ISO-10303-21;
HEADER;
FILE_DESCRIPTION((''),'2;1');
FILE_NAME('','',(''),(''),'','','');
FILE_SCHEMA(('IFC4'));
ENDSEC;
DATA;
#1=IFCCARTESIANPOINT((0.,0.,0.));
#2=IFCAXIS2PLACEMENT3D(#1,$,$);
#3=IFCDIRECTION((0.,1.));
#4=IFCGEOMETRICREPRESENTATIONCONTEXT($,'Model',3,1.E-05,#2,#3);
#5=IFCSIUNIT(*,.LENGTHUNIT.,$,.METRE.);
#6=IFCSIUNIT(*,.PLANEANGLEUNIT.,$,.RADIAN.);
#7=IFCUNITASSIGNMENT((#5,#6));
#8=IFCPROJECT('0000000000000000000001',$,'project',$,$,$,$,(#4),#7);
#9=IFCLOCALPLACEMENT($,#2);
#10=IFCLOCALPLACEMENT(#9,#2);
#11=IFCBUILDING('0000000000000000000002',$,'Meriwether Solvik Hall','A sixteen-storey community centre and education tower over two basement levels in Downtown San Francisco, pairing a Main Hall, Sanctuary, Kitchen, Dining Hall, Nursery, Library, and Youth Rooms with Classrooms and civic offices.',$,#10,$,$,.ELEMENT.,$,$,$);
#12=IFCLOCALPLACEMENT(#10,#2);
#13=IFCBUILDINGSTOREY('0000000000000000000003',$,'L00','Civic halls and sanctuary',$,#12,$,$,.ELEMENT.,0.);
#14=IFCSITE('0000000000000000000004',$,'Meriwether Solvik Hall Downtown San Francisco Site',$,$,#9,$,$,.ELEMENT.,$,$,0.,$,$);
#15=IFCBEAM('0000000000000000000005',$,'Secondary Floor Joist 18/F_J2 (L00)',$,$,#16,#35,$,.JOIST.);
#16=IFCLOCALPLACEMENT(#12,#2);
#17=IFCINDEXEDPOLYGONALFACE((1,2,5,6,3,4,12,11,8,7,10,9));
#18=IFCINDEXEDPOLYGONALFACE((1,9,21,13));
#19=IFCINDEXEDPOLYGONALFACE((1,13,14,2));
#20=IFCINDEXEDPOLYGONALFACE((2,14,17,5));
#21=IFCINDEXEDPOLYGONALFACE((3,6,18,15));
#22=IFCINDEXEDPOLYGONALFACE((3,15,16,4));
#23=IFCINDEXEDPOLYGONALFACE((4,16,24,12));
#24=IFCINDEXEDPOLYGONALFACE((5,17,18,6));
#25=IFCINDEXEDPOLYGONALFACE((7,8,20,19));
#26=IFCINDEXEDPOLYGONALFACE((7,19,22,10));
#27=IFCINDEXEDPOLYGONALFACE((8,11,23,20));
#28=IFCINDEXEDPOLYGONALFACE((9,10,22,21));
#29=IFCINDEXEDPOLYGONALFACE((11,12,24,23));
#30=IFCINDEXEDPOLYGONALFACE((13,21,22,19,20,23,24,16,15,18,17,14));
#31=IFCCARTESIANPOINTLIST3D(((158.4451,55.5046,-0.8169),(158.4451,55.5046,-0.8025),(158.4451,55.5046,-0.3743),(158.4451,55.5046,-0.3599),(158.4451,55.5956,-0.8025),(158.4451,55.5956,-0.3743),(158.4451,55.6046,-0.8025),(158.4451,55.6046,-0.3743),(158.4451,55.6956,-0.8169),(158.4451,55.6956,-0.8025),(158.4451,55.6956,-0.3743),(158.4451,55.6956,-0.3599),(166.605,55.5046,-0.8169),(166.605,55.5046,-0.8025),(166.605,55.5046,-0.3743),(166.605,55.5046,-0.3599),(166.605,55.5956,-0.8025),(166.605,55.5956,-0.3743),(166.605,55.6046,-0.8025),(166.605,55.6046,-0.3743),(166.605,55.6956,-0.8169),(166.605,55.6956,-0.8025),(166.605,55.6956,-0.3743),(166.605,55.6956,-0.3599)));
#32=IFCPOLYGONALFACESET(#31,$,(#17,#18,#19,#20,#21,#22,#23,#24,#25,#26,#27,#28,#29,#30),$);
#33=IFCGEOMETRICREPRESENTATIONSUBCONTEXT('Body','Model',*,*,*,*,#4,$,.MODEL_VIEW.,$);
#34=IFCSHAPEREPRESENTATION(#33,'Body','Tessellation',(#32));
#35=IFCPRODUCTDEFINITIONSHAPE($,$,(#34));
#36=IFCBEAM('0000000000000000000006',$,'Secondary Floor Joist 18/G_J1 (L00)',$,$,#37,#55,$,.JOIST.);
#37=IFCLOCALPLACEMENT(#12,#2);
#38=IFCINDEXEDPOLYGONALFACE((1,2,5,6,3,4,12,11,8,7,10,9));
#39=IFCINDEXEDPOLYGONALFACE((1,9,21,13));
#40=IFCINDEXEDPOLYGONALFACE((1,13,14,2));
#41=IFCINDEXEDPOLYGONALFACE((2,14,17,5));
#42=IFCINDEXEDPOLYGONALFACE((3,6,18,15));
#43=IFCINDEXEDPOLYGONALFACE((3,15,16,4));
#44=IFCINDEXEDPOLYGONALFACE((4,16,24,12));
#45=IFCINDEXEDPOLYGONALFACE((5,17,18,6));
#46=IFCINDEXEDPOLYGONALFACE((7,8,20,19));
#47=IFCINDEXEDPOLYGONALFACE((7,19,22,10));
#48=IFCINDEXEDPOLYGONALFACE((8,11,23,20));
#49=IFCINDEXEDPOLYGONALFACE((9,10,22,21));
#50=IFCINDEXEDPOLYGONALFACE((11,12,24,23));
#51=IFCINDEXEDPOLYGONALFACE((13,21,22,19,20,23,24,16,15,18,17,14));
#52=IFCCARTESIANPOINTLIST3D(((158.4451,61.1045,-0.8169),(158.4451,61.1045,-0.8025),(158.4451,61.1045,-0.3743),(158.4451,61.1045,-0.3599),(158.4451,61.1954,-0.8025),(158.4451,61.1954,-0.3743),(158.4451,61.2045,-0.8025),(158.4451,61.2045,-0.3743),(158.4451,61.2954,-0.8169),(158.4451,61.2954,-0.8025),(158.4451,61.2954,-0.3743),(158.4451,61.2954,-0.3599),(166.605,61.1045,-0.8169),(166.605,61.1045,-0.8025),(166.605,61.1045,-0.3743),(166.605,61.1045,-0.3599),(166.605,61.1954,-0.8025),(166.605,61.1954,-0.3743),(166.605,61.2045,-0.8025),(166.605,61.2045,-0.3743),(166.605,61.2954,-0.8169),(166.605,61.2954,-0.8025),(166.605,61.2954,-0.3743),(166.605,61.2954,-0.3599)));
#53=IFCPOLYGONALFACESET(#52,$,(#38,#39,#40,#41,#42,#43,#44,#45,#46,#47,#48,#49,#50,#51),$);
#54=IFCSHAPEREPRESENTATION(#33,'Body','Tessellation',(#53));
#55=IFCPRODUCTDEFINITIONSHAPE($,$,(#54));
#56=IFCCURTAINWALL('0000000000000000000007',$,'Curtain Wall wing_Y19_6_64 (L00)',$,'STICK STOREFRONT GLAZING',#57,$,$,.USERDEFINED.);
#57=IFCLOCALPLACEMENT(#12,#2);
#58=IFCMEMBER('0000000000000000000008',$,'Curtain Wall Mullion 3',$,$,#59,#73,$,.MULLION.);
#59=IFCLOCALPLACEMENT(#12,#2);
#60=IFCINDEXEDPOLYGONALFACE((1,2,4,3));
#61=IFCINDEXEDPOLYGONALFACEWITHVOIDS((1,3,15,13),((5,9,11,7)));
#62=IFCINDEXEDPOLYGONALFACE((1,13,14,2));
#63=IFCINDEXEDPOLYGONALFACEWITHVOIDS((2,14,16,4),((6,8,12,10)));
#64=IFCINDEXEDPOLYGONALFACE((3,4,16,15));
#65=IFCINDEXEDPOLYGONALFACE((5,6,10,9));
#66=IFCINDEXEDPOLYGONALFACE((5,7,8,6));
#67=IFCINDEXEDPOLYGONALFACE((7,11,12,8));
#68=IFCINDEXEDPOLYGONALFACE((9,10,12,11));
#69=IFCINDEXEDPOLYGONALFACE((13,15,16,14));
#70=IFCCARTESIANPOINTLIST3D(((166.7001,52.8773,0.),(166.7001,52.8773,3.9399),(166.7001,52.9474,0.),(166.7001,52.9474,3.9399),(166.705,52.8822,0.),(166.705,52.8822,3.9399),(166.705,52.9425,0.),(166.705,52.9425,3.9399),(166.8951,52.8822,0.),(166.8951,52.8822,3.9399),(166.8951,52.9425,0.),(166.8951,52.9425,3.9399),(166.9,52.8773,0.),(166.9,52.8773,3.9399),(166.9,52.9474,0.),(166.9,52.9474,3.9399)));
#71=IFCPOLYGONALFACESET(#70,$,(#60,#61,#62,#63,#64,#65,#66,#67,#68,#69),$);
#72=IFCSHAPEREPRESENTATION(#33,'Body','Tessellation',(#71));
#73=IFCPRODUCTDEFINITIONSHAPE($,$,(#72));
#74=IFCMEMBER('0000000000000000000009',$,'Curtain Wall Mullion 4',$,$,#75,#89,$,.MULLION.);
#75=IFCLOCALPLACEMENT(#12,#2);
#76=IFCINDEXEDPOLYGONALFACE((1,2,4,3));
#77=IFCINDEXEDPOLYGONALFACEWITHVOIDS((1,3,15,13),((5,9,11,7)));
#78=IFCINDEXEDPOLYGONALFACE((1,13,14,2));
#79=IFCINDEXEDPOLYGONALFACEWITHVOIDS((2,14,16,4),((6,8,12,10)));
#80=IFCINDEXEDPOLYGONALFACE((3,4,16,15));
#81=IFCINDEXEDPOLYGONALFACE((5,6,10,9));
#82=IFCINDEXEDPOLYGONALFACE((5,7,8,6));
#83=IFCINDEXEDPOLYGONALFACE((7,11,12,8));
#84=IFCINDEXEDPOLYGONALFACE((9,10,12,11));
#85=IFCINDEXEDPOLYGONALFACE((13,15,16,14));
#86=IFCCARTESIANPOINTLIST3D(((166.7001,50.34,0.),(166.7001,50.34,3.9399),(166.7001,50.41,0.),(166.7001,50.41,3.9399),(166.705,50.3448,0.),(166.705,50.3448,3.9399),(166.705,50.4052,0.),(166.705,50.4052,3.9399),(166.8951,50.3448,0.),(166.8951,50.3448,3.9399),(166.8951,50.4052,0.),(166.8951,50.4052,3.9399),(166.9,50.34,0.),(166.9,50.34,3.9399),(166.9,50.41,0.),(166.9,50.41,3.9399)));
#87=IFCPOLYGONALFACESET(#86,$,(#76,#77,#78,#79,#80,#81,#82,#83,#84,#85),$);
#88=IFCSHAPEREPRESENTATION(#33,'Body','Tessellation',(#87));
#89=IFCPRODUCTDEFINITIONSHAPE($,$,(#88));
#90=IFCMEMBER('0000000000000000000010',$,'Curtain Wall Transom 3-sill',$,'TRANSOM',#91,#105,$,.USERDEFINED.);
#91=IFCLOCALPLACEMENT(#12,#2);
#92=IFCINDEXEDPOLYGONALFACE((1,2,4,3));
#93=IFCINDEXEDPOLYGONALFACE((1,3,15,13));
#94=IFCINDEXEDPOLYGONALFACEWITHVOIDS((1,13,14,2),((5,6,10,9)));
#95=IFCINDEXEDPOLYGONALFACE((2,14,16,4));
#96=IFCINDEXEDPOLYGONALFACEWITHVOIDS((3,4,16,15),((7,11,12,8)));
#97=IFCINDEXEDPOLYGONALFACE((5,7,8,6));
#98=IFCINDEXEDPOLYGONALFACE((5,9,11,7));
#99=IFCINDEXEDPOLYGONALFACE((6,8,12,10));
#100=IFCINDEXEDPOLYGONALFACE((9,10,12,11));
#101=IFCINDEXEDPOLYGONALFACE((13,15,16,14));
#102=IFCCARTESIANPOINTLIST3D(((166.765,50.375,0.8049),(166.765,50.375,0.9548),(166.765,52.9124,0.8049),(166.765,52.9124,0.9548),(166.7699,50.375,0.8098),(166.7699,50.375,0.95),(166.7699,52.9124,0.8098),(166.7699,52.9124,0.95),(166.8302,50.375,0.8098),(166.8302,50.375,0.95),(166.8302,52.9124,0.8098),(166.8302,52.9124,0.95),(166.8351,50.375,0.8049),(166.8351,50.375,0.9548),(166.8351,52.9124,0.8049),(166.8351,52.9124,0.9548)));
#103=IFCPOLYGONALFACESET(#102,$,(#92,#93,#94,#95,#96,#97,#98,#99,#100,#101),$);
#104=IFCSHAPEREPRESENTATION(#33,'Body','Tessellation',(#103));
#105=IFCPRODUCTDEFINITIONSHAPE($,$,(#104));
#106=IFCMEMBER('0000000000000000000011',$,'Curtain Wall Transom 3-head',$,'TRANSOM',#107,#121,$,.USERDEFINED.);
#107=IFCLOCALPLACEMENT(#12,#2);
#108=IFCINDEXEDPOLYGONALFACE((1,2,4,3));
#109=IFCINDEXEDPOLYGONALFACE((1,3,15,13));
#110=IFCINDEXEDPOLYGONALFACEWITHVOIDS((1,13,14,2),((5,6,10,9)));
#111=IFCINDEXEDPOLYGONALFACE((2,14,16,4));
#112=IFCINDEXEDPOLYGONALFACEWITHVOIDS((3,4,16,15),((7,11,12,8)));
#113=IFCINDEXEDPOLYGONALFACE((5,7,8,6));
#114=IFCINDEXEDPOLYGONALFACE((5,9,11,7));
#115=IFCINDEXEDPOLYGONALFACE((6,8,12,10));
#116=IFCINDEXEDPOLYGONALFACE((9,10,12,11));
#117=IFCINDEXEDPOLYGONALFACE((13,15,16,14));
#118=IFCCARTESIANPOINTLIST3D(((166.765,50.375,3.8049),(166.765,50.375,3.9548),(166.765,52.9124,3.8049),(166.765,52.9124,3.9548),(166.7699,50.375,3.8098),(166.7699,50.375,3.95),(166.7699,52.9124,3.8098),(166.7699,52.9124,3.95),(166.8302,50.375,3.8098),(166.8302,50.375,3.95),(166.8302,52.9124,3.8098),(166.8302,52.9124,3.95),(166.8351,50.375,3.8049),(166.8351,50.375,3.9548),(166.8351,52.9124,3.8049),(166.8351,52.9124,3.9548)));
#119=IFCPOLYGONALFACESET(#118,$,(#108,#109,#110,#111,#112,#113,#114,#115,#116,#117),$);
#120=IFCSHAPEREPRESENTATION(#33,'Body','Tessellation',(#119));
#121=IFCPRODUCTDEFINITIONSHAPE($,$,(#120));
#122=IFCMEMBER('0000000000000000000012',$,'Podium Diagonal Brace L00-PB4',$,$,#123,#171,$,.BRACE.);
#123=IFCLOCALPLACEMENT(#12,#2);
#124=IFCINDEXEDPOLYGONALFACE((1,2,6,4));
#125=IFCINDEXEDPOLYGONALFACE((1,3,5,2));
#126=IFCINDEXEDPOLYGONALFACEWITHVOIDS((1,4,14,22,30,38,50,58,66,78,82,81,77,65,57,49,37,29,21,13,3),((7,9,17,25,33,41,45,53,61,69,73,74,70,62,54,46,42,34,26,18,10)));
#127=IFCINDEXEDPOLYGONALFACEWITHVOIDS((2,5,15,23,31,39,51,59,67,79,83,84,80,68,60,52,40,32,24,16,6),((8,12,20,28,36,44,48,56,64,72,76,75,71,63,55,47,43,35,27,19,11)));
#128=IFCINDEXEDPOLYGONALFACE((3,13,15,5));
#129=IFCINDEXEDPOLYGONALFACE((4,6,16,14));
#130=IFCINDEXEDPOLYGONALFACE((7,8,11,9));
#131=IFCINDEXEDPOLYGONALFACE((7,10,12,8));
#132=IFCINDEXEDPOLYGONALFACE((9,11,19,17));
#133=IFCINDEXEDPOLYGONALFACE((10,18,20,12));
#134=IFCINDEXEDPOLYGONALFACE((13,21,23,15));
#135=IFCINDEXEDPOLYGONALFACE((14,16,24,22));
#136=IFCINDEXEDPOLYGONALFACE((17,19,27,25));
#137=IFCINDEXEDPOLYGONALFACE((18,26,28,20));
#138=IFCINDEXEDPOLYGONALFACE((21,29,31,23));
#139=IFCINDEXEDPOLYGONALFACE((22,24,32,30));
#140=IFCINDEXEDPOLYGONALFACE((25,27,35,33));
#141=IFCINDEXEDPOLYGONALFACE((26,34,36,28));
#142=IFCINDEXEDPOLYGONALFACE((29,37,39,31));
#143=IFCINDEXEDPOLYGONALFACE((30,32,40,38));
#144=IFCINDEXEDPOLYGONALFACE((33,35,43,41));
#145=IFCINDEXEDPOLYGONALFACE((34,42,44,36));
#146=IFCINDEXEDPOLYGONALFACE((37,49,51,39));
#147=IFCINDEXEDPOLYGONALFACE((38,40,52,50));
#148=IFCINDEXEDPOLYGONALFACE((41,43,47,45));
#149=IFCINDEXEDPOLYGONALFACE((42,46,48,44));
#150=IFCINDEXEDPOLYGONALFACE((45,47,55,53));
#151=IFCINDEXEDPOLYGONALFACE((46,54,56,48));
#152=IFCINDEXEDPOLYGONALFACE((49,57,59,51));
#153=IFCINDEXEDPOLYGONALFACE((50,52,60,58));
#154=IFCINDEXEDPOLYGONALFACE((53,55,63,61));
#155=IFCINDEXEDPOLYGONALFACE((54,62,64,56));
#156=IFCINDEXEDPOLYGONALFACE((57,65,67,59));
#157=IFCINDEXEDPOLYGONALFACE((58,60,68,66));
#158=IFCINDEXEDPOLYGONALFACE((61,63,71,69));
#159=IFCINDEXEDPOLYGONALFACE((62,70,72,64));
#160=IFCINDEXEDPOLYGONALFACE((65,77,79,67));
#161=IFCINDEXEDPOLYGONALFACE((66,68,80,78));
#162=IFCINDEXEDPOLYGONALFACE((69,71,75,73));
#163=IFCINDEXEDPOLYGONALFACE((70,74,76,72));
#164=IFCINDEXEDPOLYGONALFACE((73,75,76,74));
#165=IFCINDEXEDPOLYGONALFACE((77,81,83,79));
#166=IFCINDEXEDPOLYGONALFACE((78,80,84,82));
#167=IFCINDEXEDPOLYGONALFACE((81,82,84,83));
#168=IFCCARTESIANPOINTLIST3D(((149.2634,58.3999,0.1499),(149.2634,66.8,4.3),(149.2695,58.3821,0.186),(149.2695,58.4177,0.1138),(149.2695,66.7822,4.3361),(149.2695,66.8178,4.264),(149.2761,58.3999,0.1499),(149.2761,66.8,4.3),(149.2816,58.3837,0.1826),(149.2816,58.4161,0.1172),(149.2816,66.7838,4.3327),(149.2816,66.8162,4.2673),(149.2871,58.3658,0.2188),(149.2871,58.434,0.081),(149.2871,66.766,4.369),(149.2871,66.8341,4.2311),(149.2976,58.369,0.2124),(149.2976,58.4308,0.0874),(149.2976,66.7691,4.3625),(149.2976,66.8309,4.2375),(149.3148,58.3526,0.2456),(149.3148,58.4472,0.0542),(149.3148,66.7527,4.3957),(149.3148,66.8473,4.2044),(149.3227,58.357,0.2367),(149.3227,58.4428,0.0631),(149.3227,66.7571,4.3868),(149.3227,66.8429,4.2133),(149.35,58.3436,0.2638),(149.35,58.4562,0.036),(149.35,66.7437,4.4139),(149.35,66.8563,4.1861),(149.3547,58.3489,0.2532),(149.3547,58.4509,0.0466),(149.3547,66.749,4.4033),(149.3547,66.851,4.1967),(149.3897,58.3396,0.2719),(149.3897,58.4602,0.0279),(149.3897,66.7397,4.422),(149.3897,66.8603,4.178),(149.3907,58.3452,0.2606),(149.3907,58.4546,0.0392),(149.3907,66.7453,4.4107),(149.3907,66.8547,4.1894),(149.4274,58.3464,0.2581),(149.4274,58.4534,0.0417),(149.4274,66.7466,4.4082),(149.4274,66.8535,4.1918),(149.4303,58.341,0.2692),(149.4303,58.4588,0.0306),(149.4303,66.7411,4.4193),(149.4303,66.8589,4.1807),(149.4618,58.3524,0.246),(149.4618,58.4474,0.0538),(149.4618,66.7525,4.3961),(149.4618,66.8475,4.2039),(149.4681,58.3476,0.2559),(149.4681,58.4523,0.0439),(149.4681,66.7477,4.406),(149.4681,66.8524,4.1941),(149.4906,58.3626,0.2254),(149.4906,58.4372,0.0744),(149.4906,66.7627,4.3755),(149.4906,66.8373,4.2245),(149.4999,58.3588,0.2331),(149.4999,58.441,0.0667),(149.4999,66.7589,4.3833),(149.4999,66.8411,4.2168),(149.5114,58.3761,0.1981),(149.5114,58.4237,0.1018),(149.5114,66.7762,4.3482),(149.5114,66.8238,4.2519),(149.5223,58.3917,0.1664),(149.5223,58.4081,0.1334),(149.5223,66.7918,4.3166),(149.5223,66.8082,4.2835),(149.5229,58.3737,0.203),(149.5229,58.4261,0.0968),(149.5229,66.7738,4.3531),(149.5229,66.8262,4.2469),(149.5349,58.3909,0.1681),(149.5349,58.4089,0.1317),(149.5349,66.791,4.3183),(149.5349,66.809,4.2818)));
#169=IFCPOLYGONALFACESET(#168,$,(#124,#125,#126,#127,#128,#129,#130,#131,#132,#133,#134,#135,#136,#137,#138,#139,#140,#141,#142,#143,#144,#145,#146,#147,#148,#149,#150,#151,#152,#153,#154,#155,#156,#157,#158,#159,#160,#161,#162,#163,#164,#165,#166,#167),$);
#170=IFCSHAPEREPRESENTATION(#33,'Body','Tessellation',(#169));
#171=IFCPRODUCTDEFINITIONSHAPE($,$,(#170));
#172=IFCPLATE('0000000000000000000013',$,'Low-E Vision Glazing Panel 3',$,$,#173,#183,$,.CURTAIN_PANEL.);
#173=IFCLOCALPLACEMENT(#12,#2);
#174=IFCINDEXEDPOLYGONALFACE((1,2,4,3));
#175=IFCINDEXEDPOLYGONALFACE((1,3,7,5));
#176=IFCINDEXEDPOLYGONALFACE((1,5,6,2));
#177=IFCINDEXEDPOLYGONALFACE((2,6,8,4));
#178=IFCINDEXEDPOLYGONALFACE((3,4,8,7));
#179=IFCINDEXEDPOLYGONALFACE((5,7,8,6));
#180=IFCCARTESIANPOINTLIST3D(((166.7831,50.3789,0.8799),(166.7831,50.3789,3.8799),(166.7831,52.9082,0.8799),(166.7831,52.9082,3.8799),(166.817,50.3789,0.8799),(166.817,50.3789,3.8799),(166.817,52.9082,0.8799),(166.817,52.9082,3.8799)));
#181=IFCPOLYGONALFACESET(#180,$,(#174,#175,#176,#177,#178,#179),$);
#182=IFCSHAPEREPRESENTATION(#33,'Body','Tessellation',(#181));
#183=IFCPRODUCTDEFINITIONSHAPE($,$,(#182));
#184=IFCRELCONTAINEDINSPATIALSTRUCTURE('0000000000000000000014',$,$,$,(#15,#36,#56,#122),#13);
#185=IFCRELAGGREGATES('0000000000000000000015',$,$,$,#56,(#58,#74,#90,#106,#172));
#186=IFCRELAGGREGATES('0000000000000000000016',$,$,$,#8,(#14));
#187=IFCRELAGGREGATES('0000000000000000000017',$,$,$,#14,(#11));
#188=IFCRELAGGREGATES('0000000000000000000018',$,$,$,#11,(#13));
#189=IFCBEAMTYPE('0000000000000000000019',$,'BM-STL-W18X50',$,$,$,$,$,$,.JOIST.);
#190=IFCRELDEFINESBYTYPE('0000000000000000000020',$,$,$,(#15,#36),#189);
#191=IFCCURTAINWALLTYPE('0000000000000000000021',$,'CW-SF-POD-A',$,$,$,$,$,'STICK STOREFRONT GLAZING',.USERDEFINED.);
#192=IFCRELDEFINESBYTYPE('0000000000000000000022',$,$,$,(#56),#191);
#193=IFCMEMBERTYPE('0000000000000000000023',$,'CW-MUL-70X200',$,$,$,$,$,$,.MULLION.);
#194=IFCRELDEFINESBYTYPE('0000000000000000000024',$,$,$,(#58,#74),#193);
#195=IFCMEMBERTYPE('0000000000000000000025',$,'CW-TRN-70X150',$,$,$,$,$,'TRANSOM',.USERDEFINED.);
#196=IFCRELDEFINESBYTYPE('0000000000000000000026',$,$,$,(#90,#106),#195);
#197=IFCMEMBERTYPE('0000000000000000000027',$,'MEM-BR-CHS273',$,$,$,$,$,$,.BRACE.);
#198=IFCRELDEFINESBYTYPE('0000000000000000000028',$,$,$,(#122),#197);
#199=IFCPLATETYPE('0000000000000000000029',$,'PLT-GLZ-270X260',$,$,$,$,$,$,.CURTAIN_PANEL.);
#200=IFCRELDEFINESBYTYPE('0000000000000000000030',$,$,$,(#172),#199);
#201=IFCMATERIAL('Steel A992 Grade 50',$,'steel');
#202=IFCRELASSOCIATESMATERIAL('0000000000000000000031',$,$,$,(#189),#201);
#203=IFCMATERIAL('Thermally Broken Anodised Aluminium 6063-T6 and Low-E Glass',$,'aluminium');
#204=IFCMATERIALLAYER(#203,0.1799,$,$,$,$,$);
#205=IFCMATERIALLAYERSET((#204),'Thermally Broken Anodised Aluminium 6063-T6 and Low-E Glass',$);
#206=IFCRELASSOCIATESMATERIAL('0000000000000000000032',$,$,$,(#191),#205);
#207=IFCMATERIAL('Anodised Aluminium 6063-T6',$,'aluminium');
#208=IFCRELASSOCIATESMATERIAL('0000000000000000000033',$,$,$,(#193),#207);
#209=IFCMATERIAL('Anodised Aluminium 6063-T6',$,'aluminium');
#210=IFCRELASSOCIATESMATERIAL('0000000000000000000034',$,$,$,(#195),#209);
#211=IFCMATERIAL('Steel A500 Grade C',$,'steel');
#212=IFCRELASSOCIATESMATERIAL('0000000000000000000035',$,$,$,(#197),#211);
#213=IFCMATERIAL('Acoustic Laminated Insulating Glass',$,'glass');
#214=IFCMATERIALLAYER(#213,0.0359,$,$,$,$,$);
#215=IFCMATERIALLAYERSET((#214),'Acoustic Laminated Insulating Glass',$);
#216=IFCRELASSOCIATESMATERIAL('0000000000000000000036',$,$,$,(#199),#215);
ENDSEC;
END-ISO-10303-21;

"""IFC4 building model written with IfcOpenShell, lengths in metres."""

from ifc_helpers import new_model, si_unit, direction, frame, origin, origin_2d, place, context, subcontext, project, spatial, rectangle, hollow_rectangle, hollow_circle, i_section, extrude, material, layer, layer_set, material_profile, profile_set, type_object, element, aggregate, save


model = new_model("IFC4")

# Units and contexts
model_context = context("Model", 3, precision=1e-05, world=origin(), true_north=direction((0.0, 1.0)))
body_context = subcontext(model_context, "Body", "Model", "MODEL_VIEW")
ifc_project = project(units=[si_unit("LENGTHUNIT", "METRE"), si_unit("PLANEANGLEUNIT", "RADIAN")], contexts=[model_context])

# Site, building, storey
site_placement = place(None, origin())
site = spatial("IfcSite", under=ifc_project, at=site_placement, Name="Meriwether Solvik Hall Downtown San Francisco Site", CompositionType="ELEMENT", RefElevation=0.0)
building_placement = place(site_placement, origin())
building = spatial("IfcBuilding", under=site, at=building_placement, Name="Meriwether Solvik Hall", Description="A sixteen-storey community centre and education tower over two basement levels in Downtown San Francisco, pairing a Main Hall, Sanctuary, Kitchen, Dining Hall, Nursery, Library, and Youth Rooms with Classrooms and civic offices.", CompositionType="ELEMENT")
storey_placement = place(building_placement, origin())
storey = spatial("IfcBuildingStorey", under=building, at=storey_placement, Name="L00", Description="Civic halls and sanctuary", CompositionType="ELEMENT", Elevation=0.0)

# Beams
ifc_material_1 = material(Name="Steel A992 Grade 50", Category="steel")
ifc_material_profile_1 = material_profile(ifc_material_1, i_section(OverallWidth=0.1909, OverallDepth=0.457, WebThickness=0.009, FlangeThickness=0.0144, at=origin_2d()), Name="W18X50")
ifc_profile_set_1 = profile_set([ifc_material_profile_1], Name="Steel A992 Grade 50")
beam_type_1 = type_object("IfcBeamType", Name="BM-STL-W18X50", PredefinedType="JOIST", material=ifc_profile_set_1)
for number, where, z_axis, x_axis, name in (
    (1, (158.4451, 55.6001, -0.5884), (1.0, 0.0, 0.0), (0.0, 1.0, 0.0), "Secondary Floor Joist 18/F_J2 (L00)"),
    (2, (158.4451, 61.2, -0.5884), (1.0, 0.0, 0.0), (0.0, 1.0, 0.0), "Secondary Floor Joist 18/G_J1 (L00)"),
):
    element("IfcBeam", number, at=place(storey_placement, frame(where, z_axis=z_axis, x_axis=x_axis)), inside=storey, type_object=beam_type_1, Name=name, PredefinedType="JOIST", context=body_context, shape_type="SweptSolid", body=[
        extrude(i_section(OverallWidth=0.1909, OverallDepth=0.457, WebThickness=0.009, FlangeThickness=0.0144, at=origin_2d()), origin(), (0.0, 0.0, 1.0), 8.1599),
    ])

# Curtain wall, members
ifc_material_2 = material(Name="Thermally Broken Anodised Aluminium 6063-T6 and Low-E Glass", Category="aluminium")
ifc_layer_1 = layer(ifc_material_2, 0.1799)
ifc_layer_set_1 = layer_set([ifc_layer_1], Name="Thermally Broken Anodised Aluminium 6063-T6 and Low-E Glass")
curtain_wall_type = type_object("IfcCurtainWallType", Name="CW-SF-POD-A", ElementType="STICK STOREFRONT GLAZING", PredefinedType="USERDEFINED", material=ifc_layer_set_1)
curtain_wall_placement = place(storey_placement, origin())
curtain_wall = element("IfcCurtainWall", 3, at=curtain_wall_placement, inside=storey, type_object=curtain_wall_type, Name="Curtain Wall wing_Y19_6_64 (L00)", ObjectType="STICK STOREFRONT GLAZING", PredefinedType="USERDEFINED")
ifc_material_3 = material(Name="Anodised Aluminium 6063-T6", Category="aluminium")
ifc_material_profile_2 = material_profile(ifc_material_3, hollow_rectangle(XDim=0.0701, YDim=0.2, WallThickness=0.0049, at=origin_2d()), Name="CWM-70X200")
ifc_profile_set_2 = profile_set([ifc_material_profile_2], Name="Anodised Aluminium 6063-T6")
member_type_1 = type_object("IfcMemberType", Name="CW-MUL-70X200", PredefinedType="MULLION", material=ifc_profile_set_2)
member_1_placement = place(storey_placement, frame((166.8, 52.9124, 0.0), z_axis=(0.0, 0.0, 1.0), x_axis=(0.0, -1.0, 0.0)))
member_1 = element("IfcMember", 4, at=member_1_placement, type_object=member_type_1, Name="Curtain Wall Mullion 3", PredefinedType="MULLION", context=body_context, shape_type="SweptSolid", body=[
    extrude(hollow_rectangle(XDim=0.0701, YDim=0.2, WallThickness=0.0049, at=origin_2d()), origin(), (0.0, 0.0, 1.0), 3.9399),
])
member_2_placement = place(storey_placement, frame((166.8, 50.375, 0.0), z_axis=(0.0, 0.0, 1.0), x_axis=(0.0, -1.0, 0.0)))
member_2 = element("IfcMember", 5, at=member_2_placement, type_object=member_type_1, Name="Curtain Wall Mullion 4", PredefinedType="MULLION", context=body_context, shape_type="SweptSolid", body=[
    extrude(hollow_rectangle(XDim=0.0701, YDim=0.2, WallThickness=0.0049, at=origin_2d()), origin(), (0.0, 0.0, 1.0), 3.9399),
])
ifc_material_4 = material(Name="Anodised Aluminium 6063-T6", Category="aluminium")
ifc_material_profile_3 = material_profile(ifc_material_4, hollow_rectangle(XDim=0.0701, YDim=0.1499, WallThickness=0.0049, at=origin_2d()), Name="CWT-70X150")
ifc_profile_set_3 = profile_set([ifc_material_profile_3], Name="Anodised Aluminium 6063-T6")
member_type_2 = type_object("IfcMemberType", Name="CW-TRN-70X150", ElementType="TRANSOM", PredefinedType="USERDEFINED", material=ifc_profile_set_3)
member_3_placement = place(storey_placement, frame((166.8, 52.9124, 0.8799), z_axis=(0.0, -1.0, 0.0), x_axis=(1.0, 0.0, 0.0)))
member_3 = element("IfcMember", 6, at=member_3_placement, type_object=member_type_2, Name="Curtain Wall Transom 3-sill", ObjectType="TRANSOM", PredefinedType="USERDEFINED", context=body_context, shape_type="SweptSolid", body=[
    extrude(hollow_rectangle(XDim=0.0701, YDim=0.1499, WallThickness=0.0049, at=origin_2d()), origin(), (0.0, 0.0, 1.0), 2.5374),
])
member_4_placement = place(storey_placement, frame((166.8, 52.9124, 3.8799), z_axis=(0.0, -1.0, 0.0), x_axis=(1.0, 0.0, 0.0)))
member_4 = element("IfcMember", 7, at=member_4_placement, type_object=member_type_2, Name="Curtain Wall Transom 3-head", ObjectType="TRANSOM", PredefinedType="USERDEFINED", context=body_context, shape_type="SweptSolid", body=[
    extrude(hollow_rectangle(XDim=0.0701, YDim=0.1499, WallThickness=0.0049, at=origin_2d()), origin(), (0.0, 0.0, 1.0), 2.5374),
])

# Member
ifc_material_5 = material(Name="Steel A500 Grade C", Category="steel")
ifc_material_profile_4 = material_profile(ifc_material_5, hollow_circle(Radius=0.1365, WallThickness=0.0127, at=origin_2d()), Name="CHS273X12.7")
ifc_profile_set_4 = profile_set([ifc_material_profile_4], Name="Steel A500 Grade C")
member_type_3 = type_object("IfcMemberType", Name="MEM-BR-CHS273", PredefinedType="BRACE", material=ifc_profile_set_4)
member_5_placement = place(storey_placement, frame((149.3999, 58.3999, 0.1499), z_axis=(0.0, 0.896549, 0.442946), x_axis=(-1.0, 0.0, 0.0)))
element("IfcMember", 8, at=member_5_placement, inside=storey, type_object=member_type_3, Name="Podium Diagonal Brace L00-PB4", PredefinedType="BRACE", context=body_context, shape_type="SweptSolid", body=[
    extrude(hollow_circle(Radius=0.1365, WallThickness=0.0127, at=origin_2d()), origin(), (0.0, 0.0, 1.0), 9.3694),
])

# Plate
ifc_material_6 = material(Name="Acoustic Laminated Insulating Glass", Category="glass")
ifc_layer_2 = layer(ifc_material_6, 0.0359)
ifc_layer_set_2 = layer_set([ifc_layer_2], Name="Acoustic Laminated Insulating Glass")
plate_type_1 = type_object("IfcPlateType", Name="PLT-GLZ-270X260", PredefinedType="CURTAIN_PANEL", material=ifc_layer_set_2)
plate_1_placement = place(storey_placement, frame((166.8, 51.6436, 0.8799), z_axis=(0.0, 0.0, 1.0), x_axis=(0.0, -1.0, 0.0)))
plate_1 = element("IfcPlate", 9, at=plate_1_placement, type_object=plate_type_1, Name="Low-E Vision Glazing Panel 3", PredefinedType="CURTAIN_PANEL", context=body_context, shape_type="SweptSolid", body=[
    extrude(rectangle(XDim=2.5293, YDim=0.0339, at=origin_2d()), origin(), (0.0, 0.0, 1.0), 3.0),
])
aggregate(curtain_wall, [member_1, member_2, member_3, member_4, plate_1])

save(model, "model.ifc")
